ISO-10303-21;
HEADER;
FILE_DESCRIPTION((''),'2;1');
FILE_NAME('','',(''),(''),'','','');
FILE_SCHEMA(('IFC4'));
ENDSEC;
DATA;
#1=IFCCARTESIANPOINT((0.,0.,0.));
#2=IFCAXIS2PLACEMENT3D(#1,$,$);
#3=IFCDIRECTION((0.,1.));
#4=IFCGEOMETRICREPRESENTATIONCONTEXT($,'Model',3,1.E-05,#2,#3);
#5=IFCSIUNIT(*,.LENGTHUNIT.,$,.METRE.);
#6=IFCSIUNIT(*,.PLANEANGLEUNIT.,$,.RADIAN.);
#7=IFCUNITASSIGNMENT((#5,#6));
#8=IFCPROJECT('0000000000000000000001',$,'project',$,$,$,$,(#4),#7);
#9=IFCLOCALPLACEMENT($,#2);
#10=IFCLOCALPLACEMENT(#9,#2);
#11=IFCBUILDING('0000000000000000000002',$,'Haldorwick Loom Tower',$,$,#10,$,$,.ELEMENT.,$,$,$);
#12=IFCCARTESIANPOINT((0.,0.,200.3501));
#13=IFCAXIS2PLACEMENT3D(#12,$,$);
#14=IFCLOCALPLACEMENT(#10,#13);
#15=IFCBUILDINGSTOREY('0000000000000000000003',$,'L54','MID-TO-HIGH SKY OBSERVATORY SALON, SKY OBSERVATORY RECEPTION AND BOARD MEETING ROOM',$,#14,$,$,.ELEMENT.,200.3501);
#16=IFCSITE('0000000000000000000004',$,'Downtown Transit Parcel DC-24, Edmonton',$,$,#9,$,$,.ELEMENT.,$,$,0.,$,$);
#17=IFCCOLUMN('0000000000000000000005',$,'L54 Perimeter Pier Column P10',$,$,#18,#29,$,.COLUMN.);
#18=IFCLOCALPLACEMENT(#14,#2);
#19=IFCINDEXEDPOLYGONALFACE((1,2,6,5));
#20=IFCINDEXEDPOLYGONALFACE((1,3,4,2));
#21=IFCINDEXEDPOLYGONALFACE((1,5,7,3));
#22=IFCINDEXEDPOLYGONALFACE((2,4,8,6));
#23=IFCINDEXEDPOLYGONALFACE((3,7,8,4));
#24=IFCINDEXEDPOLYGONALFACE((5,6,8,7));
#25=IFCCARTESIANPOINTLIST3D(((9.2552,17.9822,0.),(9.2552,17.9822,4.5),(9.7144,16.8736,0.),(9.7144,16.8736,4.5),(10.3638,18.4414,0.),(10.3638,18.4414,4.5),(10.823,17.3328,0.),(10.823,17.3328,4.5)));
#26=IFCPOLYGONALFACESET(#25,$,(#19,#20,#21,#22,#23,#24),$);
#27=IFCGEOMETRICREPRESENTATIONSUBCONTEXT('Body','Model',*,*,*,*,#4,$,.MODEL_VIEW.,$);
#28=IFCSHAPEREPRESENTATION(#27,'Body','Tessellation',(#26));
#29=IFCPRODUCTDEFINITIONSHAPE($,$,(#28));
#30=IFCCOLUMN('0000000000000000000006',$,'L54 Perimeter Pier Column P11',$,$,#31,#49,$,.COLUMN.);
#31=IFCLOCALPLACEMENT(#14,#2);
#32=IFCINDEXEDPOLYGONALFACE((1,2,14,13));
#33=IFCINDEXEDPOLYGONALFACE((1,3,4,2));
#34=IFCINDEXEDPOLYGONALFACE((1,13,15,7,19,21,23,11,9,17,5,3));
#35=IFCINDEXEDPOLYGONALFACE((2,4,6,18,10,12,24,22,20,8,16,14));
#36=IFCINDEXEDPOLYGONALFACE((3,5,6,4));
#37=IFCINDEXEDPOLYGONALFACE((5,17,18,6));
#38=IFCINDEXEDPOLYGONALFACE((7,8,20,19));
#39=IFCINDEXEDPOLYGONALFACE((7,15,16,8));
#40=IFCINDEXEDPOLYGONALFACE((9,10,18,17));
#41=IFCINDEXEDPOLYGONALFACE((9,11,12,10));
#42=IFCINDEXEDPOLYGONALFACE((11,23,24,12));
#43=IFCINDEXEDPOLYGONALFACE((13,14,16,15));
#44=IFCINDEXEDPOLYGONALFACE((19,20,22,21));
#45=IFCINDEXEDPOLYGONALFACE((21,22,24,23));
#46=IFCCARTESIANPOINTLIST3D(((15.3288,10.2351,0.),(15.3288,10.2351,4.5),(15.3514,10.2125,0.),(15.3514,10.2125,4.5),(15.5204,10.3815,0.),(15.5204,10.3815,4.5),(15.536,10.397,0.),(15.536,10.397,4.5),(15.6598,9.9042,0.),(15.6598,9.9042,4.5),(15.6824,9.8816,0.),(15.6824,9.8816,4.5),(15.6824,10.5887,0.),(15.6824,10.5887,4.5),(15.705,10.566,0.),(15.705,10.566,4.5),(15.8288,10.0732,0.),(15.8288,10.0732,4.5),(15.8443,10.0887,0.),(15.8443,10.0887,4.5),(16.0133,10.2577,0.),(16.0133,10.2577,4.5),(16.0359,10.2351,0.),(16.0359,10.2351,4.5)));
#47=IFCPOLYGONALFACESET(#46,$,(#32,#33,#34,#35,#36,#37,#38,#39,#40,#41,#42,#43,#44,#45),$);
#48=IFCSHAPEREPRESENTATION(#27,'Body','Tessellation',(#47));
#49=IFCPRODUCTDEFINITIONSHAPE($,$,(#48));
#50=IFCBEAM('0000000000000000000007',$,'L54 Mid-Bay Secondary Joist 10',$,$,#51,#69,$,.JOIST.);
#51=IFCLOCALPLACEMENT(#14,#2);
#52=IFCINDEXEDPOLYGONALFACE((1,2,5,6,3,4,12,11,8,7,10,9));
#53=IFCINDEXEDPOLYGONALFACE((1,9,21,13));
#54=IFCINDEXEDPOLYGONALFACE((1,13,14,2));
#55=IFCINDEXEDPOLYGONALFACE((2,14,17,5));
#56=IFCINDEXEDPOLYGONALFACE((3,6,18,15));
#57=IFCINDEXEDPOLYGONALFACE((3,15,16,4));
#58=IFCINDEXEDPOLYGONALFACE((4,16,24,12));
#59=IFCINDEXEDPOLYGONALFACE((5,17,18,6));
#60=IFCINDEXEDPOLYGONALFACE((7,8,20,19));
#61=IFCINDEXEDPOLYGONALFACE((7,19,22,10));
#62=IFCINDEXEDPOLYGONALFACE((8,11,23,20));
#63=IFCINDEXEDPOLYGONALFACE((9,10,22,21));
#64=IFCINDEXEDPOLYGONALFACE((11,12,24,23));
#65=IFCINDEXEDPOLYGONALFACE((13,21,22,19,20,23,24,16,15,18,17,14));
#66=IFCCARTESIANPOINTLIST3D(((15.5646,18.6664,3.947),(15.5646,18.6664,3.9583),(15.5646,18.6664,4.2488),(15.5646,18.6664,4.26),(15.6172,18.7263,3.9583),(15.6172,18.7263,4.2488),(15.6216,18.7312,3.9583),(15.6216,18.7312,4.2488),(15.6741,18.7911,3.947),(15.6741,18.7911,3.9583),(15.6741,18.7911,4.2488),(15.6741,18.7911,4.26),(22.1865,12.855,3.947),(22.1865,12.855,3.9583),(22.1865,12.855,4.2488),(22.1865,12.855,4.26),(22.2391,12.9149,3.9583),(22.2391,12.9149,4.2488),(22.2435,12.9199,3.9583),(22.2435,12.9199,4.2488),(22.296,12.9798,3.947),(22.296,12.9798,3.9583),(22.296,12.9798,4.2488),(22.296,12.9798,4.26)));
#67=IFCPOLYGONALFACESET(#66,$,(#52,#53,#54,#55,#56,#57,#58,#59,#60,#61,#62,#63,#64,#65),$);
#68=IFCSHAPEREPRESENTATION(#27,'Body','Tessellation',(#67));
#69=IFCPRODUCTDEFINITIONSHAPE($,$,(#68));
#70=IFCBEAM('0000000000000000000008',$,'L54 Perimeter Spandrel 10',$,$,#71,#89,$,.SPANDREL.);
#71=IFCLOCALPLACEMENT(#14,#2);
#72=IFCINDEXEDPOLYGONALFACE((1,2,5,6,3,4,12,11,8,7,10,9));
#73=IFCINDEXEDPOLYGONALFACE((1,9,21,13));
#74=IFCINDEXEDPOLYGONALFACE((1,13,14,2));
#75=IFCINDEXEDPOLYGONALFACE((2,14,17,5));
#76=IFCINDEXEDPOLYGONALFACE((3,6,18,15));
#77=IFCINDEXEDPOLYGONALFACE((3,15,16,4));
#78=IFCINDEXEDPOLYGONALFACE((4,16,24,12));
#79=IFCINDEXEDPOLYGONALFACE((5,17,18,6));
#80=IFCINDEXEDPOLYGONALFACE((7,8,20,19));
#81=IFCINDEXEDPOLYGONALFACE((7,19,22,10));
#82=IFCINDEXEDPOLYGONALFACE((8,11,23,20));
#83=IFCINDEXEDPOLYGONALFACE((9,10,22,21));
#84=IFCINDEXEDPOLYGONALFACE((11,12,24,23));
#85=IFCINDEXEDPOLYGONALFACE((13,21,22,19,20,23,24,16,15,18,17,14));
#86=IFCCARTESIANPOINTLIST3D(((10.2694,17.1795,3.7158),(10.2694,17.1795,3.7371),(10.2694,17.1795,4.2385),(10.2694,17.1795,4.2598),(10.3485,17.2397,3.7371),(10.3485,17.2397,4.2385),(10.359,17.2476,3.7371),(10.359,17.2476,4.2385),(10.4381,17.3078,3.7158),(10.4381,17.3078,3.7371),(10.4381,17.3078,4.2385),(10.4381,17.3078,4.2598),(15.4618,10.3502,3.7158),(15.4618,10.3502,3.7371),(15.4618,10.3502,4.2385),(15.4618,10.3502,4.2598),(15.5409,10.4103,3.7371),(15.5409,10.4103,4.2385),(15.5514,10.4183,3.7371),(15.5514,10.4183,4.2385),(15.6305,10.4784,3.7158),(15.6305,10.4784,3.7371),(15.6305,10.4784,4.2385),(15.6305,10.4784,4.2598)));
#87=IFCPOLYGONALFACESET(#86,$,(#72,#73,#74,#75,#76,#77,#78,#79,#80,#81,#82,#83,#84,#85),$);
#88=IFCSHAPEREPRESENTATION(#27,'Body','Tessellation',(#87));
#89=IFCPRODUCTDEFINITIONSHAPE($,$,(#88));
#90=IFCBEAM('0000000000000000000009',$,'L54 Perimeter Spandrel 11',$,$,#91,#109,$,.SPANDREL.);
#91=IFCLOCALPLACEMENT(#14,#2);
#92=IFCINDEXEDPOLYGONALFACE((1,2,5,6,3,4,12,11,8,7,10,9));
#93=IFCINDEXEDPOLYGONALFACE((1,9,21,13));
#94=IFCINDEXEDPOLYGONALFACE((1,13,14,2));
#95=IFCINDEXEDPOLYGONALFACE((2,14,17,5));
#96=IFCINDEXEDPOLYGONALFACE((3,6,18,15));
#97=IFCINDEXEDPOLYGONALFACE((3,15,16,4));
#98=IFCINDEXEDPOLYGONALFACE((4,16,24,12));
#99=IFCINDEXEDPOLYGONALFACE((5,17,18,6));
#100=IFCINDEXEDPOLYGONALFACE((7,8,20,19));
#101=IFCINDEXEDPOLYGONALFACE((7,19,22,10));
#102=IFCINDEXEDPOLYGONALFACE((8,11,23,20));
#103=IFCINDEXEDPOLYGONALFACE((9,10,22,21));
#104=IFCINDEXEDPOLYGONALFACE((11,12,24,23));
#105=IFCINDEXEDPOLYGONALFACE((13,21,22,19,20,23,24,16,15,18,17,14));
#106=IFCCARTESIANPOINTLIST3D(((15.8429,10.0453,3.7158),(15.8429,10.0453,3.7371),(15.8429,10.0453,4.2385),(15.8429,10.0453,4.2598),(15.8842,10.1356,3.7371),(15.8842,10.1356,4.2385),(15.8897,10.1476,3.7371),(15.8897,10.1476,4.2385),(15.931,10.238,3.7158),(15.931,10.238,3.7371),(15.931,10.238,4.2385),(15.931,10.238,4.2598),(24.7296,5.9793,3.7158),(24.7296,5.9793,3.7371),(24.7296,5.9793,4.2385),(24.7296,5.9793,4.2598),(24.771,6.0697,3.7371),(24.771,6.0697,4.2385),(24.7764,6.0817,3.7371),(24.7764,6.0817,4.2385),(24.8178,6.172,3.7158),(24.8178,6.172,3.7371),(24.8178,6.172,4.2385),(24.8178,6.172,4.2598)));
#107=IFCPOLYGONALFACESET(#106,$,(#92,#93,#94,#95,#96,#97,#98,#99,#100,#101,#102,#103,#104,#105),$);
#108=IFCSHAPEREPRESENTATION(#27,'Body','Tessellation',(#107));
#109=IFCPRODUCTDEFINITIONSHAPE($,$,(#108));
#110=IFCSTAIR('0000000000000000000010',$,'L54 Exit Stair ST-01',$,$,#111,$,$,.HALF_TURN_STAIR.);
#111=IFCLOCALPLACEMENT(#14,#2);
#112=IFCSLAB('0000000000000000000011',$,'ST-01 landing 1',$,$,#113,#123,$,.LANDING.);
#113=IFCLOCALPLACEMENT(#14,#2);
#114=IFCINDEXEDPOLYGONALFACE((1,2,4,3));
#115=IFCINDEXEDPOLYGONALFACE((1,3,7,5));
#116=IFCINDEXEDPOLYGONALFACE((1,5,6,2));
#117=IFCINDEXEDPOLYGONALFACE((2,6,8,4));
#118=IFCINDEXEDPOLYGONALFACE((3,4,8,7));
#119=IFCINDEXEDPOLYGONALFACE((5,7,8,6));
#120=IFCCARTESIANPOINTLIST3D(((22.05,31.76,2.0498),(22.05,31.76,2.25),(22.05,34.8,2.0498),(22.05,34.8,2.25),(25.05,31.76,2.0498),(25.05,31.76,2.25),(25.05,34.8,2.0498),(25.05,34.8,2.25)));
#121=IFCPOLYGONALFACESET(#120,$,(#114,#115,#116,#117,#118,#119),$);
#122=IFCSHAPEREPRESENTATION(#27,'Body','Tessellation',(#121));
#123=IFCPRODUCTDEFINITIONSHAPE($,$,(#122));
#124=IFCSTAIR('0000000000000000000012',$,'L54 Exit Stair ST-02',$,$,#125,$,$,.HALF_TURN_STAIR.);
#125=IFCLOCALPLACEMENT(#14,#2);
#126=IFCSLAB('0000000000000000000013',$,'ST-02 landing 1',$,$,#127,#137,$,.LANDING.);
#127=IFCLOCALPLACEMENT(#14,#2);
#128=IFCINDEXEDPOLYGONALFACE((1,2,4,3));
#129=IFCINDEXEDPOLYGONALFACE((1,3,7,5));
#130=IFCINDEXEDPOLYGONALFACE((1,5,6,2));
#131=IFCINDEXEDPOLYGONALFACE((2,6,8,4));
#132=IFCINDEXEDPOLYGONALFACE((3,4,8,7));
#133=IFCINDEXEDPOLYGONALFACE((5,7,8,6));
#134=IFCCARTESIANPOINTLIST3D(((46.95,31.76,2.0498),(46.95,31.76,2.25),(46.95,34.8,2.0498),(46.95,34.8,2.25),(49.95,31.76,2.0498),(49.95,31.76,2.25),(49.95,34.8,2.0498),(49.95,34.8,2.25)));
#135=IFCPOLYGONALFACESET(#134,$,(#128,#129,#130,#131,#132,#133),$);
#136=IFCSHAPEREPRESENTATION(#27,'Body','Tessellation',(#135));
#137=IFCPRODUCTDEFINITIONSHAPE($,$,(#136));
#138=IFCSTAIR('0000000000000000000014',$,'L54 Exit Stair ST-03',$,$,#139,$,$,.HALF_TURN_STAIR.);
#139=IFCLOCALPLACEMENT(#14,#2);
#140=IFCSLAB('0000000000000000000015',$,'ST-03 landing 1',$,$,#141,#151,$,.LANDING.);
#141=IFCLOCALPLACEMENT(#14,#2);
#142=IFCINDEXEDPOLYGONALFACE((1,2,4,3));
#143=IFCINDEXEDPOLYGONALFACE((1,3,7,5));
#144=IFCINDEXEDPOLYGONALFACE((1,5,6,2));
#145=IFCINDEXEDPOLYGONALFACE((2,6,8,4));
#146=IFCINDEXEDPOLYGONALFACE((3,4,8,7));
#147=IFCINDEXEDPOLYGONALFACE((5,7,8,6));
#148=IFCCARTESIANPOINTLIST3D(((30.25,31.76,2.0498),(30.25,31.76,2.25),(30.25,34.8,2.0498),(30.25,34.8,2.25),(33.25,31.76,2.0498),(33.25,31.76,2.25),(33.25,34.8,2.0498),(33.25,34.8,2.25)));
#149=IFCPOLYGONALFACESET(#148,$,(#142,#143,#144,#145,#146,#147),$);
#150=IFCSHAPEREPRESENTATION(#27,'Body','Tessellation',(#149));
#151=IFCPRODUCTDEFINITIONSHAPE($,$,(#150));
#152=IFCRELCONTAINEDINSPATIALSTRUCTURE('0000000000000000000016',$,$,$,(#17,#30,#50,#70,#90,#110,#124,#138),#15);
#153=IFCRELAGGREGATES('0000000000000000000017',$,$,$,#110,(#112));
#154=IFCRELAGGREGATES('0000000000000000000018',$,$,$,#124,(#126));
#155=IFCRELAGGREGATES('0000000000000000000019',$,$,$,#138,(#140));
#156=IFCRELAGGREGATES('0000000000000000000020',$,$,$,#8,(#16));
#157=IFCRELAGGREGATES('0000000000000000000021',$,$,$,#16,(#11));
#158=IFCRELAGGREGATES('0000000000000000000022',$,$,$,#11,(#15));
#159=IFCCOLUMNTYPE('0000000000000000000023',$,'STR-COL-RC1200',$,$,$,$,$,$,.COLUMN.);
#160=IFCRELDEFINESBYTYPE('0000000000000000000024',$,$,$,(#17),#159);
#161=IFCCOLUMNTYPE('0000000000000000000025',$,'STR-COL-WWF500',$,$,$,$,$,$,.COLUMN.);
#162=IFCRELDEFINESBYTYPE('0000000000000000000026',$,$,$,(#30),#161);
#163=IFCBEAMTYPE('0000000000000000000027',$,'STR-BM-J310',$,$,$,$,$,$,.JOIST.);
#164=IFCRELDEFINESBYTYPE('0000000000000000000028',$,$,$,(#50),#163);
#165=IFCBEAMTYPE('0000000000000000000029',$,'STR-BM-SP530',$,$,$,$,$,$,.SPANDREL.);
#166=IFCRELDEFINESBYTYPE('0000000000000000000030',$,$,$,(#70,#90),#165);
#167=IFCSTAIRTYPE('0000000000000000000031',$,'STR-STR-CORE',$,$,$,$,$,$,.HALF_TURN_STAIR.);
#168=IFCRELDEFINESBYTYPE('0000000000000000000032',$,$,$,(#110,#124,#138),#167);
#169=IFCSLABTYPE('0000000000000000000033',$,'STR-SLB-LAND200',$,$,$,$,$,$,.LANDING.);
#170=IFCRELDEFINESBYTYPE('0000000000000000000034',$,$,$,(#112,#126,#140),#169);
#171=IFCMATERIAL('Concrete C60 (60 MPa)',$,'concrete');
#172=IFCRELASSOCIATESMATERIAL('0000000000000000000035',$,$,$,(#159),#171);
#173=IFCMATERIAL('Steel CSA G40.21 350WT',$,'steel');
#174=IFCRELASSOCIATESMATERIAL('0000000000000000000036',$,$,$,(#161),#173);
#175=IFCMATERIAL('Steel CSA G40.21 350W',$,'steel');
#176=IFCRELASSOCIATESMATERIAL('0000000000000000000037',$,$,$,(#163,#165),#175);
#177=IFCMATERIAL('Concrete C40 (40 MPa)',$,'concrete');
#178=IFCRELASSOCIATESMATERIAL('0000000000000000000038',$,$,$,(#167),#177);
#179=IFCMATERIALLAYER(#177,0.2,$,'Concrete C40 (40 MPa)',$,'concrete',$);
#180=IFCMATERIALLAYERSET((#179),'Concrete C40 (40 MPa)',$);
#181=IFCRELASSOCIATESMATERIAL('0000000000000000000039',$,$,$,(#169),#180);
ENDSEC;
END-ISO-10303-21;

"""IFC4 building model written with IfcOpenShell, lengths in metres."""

from ifc_helpers import new_model, si_unit, direction, frame, origin, origin_2d, place, context, subcontext, project, spatial, polyline, rectangle, i_section, outline, extrude, material, layer, layer_set, material_profile, profile_set, type_object, element, aggregate, save


model = new_model("IFC4")

# Units and contexts
model_context = context("Model", 3, precision=1e-05, world=origin(), true_north=direction((0.0, 1.0)))
body_context = subcontext(model_context, "Body", "Model", "MODEL_VIEW")
ifc_project = project(units=[si_unit("LENGTHUNIT", "METRE"), si_unit("PLANEANGLEUNIT", "RADIAN")], contexts=[model_context])

# Site, building, storey
site_placement = place(None, origin())
site = spatial("IfcSite", under=ifc_project, at=site_placement, Name="Downtown Transit Parcel DC-24, Edmonton", CompositionType="ELEMENT", RefElevation=0.0)
building_placement = place(site_placement, origin())
building = spatial("IfcBuilding", under=site, at=building_placement, Name="Haldorwick Loom Tower", CompositionType="ELEMENT")
storey_placement = place(building_placement, frame((0.0, 0.0, 200.3501)))
storey = spatial("IfcBuildingStorey", under=building, at=storey_placement, Name="L54", Description="MID-TO-HIGH SKY OBSERVATORY SALON, SKY OBSERVATORY RECEPTION AND BOARD MEETING ROOM", CompositionType="ELEMENT", Elevation=200.3501)

# Columns
ifc_material_1 = material(Name="Concrete C60 (60 MPa)", Category="concrete")
ifc_material_profile_1 = material_profile(ifc_material_1, rectangle(XDim=1.2, YDim=1.2, at=origin_2d()), Name="RC1200X1200", Category="concrete")
ifc_profile_set_1 = profile_set([ifc_material_profile_1], Name="Concrete C60 (60 MPa)")
column_type_1 = type_object("IfcColumnType", Name="STR-COL-RC1200", PredefinedType="COLUMN", material=ifc_profile_set_1)
column_1_placement = place(storey_placement, frame((10.0391, 17.6575, 0.0), z_axis=(0.0, 0.0, 1.0), x_axis=(-0.92388, -0.382683, 0.0)))
element("IfcColumn", 1, at=column_1_placement, inside=storey, type_object=column_type_1, Name="L54 Perimeter Pier Column P10", PredefinedType="COLUMN", context=body_context, shape_type="SweptSolid", body=[
    extrude(rectangle(XDim=1.2, YDim=1.2, at=origin_2d()), origin(), (0.0, 0.0, 1.0), 4.5),
])
ifc_material_2 = material(Name="Steel CSA G40.21 350WT", Category="steel")
ifc_material_profile_2 = material_profile(ifc_material_2, i_section(OverallWidth=0.5, OverallDepth=0.5, WebThickness=0.022, FlangeThickness=0.032, at=origin_2d()), Name="WWF500X500", Category="steel")
ifc_profile_set_2 = profile_set([ifc_material_profile_2], Name="Steel CSA G40.21 350WT")
column_type_2 = type_object("IfcColumnType", Name="STR-COL-WWF500", PredefinedType="COLUMN", material=ifc_profile_set_2)
column_2_placement = place(storey_placement, frame((15.6824, 10.2351, 0.0), z_axis=(0.0, 0.0, 1.0), x_axis=(-0.707107, -0.707107, 0.0)))
element("IfcColumn", 2, at=column_2_placement, inside=storey, type_object=column_type_2, Name="L54 Perimeter Pier Column P11", PredefinedType="COLUMN", context=body_context, shape_type="SweptSolid", body=[
    extrude(i_section(OverallWidth=0.5, OverallDepth=0.5, WebThickness=0.022, FlangeThickness=0.032, at=origin_2d()), origin(), (0.0, 0.0, 1.0), 4.5),
])

# Beams
ifc_material_3 = material(Name="Steel CSA G40.21 350W", Category="steel")
ifc_material_profile_3 = material_profile(ifc_material_3, i_section(OverallWidth=0.166, OverallDepth=0.313, WebThickness=0.0066, FlangeThickness=0.0112, at=origin_2d()), Name="W310X45", Category="steel")
ifc_profile_set_3 = profile_set([ifc_material_profile_3], Name="Steel CSA G40.21 350W")
beam_type_1 = type_object("IfcBeamType", Name="STR-BM-J310", PredefinedType="JOIST", material=ifc_profile_set_3)
beam_1_placement = place(storey_placement, frame((15.6194, 18.7288, 4.1035), z_axis=(0.751609, -0.659608, 0.0), x_axis=(0.659608, 0.751609, 0.0)))
element("IfcBeam", 3, at=beam_1_placement, inside=storey, type_object=beam_type_1, Name="L54 Mid-Bay Secondary Joist 10", PredefinedType="JOIST", context=body_context, shape_type="SweptSolid", body=[
    extrude(i_section(OverallWidth=0.166, OverallDepth=0.313, WebThickness=0.0066, FlangeThickness=0.0112, at=origin_2d()), origin(), (0.0, 0.0, 1.0), 8.8103),
])
ifc_material_profile_4 = material_profile(ifc_material_3, i_section(OverallWidth=0.2119, OverallDepth=0.5439, WebThickness=0.0132, FlangeThickness=0.0212, at=origin_2d()), Name="W530X123", Category="steel")
ifc_profile_set_4 = profile_set([ifc_material_profile_4], Name="Steel CSA G40.21 350W")
beam_type_2 = type_object("IfcBeamType", Name="STR-BM-SP530", PredefinedType="SPANDREL", material=ifc_profile_set_4)
beam_2_placement = place(storey_placement, frame((10.3538, 17.2437, 3.9878), z_axis=(0.605237, -0.796045, 0.0), x_axis=(0.796045, 0.605237, 0.0)))
element("IfcBeam", 4, at=beam_2_placement, inside=storey, type_object=beam_type_2, Name="L54 Perimeter Spandrel 10", PredefinedType="SPANDREL", context=body_context, shape_type="SweptSolid", body=[
    extrude(i_section(OverallWidth=0.2119, OverallDepth=0.5439, WebThickness=0.0132, FlangeThickness=0.0212, at=origin_2d()), origin(), (0.0, 0.0, 1.0), 8.5791),
])
beam_3_placement = place(storey_placement, frame((15.887, 10.1416, 3.9878), z_axis=(0.909342, -0.416049, 0.0), x_axis=(0.416049, 0.909342, 0.0)))
element("IfcBeam", 5, at=beam_3_placement, inside=storey, type_object=beam_type_2, Name="L54 Perimeter Spandrel 11", PredefinedType="SPANDREL", context=body_context, shape_type="SweptSolid", body=[
    extrude(i_section(OverallWidth=0.2119, OverallDepth=0.5439, WebThickness=0.0132, FlangeThickness=0.0212, at=origin_2d()), origin(), (0.0, 0.0, 1.0), 9.7727),
])

# Stairs, slabs
ifc_material_4 = material(Name="Concrete C40 (40 MPa)", Category="concrete")
stair_type = type_object("IfcStairType", Name="STR-STR-CORE", PredefinedType="HALF_TURN_STAIR", material=ifc_material_4)
stair_1_placement = place(storey_placement, origin())
stair_1 = element("IfcStair", 6, at=stair_1_placement, inside=storey, type_object=stair_type, Name="L54 Exit Stair ST-01", PredefinedType="HALF_TURN_STAIR")
ifc_layer_1 = layer(ifc_material_4, 0.2, Name="Concrete C40 (40 MPa)", Category="concrete")
ifc_layer_set_1 = layer_set([ifc_layer_1], Name="Concrete C40 (40 MPa)")
slab_type_1 = type_object("IfcSlabType", Name="STR-SLB-LAND200", PredefinedType="LANDING", material=ifc_layer_set_1)
slab_1_placement = place(storey_placement, frame((0.0, 0.0, 2.0498)))
slab_1 = element("IfcSlab", 7, at=slab_1_placement, type_object=slab_type_1, Name="ST-01 landing 1", PredefinedType="LANDING", context=body_context, shape_type="SweptSolid", body=[
    extrude(outline(polyline([(25.05, 31.76), (25.05, 34.8), (22.05, 34.8), (22.05, 31.76), (25.05, 31.76)])), origin(), (0.0, 0.0, 1.0), 0.2002),
])
aggregate(stair_1, [slab_1])
stair_2_placement = place(storey_placement, origin())
stair_2 = element("IfcStair", 8, at=stair_2_placement, inside=storey, type_object=stair_type, Name="L54 Exit Stair ST-02", PredefinedType="HALF_TURN_STAIR")
slab_2_placement = place(storey_placement, frame((0.0, 0.0, 2.0498)))
slab_2 = element("IfcSlab", 9, at=slab_2_placement, type_object=slab_type_1, Name="ST-02 landing 1", PredefinedType="LANDING", context=body_context, shape_type="SweptSolid", body=[
    extrude(outline(polyline([(49.95, 31.76), (49.95, 34.8), (46.95, 34.8), (46.95, 31.76), (49.95, 31.76)])), origin(), (0.0, 0.0, 1.0), 0.2002),
])
aggregate(stair_2, [slab_2])
stair_3_placement = place(storey_placement, origin())
stair_3 = element("IfcStair", 10, at=stair_3_placement, inside=storey, type_object=stair_type, Name="L54 Exit Stair ST-03", PredefinedType="HALF_TURN_STAIR")
slab_3_placement = place(storey_placement, frame((0.0, 0.0, 2.0498)))
slab_3 = element("IfcSlab", 11, at=slab_3_placement, type_object=slab_type_1, Name="ST-03 landing 1", PredefinedType="LANDING", context=body_context, shape_type="SweptSolid", body=[
    extrude(outline(polyline([(33.25, 31.76), (33.25, 34.8), (30.25, 34.8), (30.25, 31.76), (33.25, 31.76)])), origin(), (0.0, 0.0, 1.0), 0.2002),
])
aggregate(stair_3, [slab_3])

save(model, "model.ifc")
